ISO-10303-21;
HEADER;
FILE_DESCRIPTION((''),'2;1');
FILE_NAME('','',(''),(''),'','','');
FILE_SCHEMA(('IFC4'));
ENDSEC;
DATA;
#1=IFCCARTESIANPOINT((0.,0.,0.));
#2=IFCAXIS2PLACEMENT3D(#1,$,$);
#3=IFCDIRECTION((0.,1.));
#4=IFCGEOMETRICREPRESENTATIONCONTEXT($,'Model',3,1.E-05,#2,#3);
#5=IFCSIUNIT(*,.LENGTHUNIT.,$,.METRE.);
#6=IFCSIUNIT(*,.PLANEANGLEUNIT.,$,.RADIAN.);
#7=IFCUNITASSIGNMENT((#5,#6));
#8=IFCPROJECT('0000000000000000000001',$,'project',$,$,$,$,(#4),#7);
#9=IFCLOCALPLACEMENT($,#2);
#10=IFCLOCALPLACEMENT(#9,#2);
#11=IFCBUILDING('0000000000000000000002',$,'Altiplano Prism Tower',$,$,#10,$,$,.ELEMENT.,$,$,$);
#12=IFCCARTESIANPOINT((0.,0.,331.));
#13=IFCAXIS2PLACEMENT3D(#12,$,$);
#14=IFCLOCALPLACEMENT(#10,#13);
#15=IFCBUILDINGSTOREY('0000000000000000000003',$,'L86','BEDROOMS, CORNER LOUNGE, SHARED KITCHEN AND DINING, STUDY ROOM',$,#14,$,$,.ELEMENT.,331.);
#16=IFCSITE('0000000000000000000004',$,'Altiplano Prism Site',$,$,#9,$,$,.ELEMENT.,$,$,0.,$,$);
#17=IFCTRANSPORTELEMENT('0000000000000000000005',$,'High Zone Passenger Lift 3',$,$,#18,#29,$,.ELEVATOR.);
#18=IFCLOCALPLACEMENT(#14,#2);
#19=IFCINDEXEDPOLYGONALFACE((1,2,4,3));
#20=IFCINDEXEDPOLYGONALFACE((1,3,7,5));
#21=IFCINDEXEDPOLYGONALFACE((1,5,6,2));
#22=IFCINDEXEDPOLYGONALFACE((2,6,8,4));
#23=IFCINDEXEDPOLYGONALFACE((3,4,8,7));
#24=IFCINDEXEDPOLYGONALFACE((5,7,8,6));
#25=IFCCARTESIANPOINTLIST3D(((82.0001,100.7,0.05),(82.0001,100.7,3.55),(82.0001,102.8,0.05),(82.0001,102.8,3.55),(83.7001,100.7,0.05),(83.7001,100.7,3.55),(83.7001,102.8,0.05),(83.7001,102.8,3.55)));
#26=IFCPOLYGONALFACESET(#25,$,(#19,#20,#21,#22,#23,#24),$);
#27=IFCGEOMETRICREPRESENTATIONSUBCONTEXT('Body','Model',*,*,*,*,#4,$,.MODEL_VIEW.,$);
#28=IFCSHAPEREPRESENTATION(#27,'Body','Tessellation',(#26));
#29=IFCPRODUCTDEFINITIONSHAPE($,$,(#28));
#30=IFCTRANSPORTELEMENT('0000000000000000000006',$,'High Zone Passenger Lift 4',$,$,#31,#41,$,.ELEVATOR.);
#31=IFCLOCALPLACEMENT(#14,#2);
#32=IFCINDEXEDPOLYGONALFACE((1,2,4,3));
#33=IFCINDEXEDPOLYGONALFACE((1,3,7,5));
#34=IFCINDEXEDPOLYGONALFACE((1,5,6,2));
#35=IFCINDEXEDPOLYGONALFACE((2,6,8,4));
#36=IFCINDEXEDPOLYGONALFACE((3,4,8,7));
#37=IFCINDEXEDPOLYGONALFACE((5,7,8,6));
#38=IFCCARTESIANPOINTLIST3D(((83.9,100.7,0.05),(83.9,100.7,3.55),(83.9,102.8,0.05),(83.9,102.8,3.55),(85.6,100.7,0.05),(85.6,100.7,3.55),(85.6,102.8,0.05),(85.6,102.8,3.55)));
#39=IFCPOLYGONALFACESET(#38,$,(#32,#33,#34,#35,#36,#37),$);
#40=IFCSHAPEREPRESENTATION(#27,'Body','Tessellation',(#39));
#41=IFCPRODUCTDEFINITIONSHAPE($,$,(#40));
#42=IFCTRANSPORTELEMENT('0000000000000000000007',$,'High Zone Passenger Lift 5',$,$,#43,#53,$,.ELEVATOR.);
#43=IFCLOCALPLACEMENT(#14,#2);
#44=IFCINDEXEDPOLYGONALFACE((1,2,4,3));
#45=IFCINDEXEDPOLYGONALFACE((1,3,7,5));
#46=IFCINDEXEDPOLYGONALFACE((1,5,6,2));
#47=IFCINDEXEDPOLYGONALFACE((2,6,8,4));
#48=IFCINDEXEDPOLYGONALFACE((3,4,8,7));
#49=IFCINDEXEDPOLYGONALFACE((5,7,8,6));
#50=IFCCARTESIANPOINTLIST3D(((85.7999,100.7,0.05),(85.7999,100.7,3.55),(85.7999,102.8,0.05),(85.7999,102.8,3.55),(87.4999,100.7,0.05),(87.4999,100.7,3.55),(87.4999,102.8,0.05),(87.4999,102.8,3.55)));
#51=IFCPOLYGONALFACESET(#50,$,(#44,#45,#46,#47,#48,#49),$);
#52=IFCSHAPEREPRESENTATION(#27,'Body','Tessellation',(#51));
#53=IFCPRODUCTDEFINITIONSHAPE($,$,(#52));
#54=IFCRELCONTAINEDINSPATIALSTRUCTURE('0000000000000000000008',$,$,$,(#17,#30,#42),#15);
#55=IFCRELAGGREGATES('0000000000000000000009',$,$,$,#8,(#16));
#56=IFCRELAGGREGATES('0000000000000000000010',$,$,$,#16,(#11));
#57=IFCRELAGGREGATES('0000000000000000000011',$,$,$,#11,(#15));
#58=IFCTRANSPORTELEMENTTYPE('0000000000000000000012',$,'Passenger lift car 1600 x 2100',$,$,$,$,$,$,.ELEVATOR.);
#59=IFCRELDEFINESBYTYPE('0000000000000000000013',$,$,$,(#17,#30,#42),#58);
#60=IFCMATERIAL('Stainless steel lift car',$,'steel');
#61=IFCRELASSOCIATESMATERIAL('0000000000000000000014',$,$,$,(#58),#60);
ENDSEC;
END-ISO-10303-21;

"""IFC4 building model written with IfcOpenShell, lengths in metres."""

from ifc_helpers import new_model, si_unit, direction, frame, origin, origin_2d, place, context, subcontext, project, spatial, rectangle, extrude, material, type_object, element, save


model = new_model("IFC4")

# Units and contexts
model_context = context("Model", 3, precision=1e-05, world=origin(), true_north=direction((0.0, 1.0)))
body_context = subcontext(model_context, "Body", "Model", "MODEL_VIEW")
ifc_project = project(units=[si_unit("LENGTHUNIT", "METRE"), si_unit("PLANEANGLEUNIT", "RADIAN")], contexts=[model_context])

# Site, building, storey
site_placement = place(None, origin())
site = spatial("IfcSite", under=ifc_project, at=site_placement, Name="Altiplano Prism Site", CompositionType="ELEMENT", RefElevation=0.0)
building_placement = place(site_placement, origin())
building = spatial("IfcBuilding", under=site, at=building_placement, Name="Altiplano Prism Tower", CompositionType="ELEMENT")
storey_placement = place(building_placement, frame((0.0, 0.0, 331.0)))
storey = spatial("IfcBuildingStorey", under=building, at=storey_placement, Name="L86", Description="BEDROOMS, CORNER LOUNGE, SHARED KITCHEN AND DINING, STUDY ROOM", CompositionType="ELEMENT", Elevation=331.0)

# Transport elements
ifc_material_1 = material(Name="Stainless steel lift car", Category="steel")
transport_element_type = type_object("IfcTransportElementType", Name="Passenger lift car 1600 x 2100", PredefinedType="ELEVATOR", material=ifc_material_1)
for number, where, z_axis, x_axis, name in (
    (1, (82.8501, 101.75, 0.05), (0.0, 0.0, 1.0), (1.0, 0.0, 0.0), "High Zone Passenger Lift 3"),
    (2, (84.75, 101.75, 0.05), (0.0, 0.0, 1.0), (1.0, 0.0, 0.0), "High Zone Passenger Lift 4"),
    (3, (86.6499, 101.75, 0.05), (0.0, 0.0, 1.0), (1.0, 0.0, 0.0), "High Zone Passenger Lift 5"),
):
    element("IfcTransportElement", number, at=place(storey_placement, frame(where, z_axis=z_axis, x_axis=x_axis)), inside=storey, type_object=transport_element_type, Name=name, PredefinedType="ELEVATOR", context=body_context, shape_type="SweptSolid", body=[
        extrude(rectangle(XDim=1.7, YDim=2.1001, at=origin_2d()), origin(), (0.0, 0.0, 1.0), 3.5),
    ])

save(model, "model.ifc")
